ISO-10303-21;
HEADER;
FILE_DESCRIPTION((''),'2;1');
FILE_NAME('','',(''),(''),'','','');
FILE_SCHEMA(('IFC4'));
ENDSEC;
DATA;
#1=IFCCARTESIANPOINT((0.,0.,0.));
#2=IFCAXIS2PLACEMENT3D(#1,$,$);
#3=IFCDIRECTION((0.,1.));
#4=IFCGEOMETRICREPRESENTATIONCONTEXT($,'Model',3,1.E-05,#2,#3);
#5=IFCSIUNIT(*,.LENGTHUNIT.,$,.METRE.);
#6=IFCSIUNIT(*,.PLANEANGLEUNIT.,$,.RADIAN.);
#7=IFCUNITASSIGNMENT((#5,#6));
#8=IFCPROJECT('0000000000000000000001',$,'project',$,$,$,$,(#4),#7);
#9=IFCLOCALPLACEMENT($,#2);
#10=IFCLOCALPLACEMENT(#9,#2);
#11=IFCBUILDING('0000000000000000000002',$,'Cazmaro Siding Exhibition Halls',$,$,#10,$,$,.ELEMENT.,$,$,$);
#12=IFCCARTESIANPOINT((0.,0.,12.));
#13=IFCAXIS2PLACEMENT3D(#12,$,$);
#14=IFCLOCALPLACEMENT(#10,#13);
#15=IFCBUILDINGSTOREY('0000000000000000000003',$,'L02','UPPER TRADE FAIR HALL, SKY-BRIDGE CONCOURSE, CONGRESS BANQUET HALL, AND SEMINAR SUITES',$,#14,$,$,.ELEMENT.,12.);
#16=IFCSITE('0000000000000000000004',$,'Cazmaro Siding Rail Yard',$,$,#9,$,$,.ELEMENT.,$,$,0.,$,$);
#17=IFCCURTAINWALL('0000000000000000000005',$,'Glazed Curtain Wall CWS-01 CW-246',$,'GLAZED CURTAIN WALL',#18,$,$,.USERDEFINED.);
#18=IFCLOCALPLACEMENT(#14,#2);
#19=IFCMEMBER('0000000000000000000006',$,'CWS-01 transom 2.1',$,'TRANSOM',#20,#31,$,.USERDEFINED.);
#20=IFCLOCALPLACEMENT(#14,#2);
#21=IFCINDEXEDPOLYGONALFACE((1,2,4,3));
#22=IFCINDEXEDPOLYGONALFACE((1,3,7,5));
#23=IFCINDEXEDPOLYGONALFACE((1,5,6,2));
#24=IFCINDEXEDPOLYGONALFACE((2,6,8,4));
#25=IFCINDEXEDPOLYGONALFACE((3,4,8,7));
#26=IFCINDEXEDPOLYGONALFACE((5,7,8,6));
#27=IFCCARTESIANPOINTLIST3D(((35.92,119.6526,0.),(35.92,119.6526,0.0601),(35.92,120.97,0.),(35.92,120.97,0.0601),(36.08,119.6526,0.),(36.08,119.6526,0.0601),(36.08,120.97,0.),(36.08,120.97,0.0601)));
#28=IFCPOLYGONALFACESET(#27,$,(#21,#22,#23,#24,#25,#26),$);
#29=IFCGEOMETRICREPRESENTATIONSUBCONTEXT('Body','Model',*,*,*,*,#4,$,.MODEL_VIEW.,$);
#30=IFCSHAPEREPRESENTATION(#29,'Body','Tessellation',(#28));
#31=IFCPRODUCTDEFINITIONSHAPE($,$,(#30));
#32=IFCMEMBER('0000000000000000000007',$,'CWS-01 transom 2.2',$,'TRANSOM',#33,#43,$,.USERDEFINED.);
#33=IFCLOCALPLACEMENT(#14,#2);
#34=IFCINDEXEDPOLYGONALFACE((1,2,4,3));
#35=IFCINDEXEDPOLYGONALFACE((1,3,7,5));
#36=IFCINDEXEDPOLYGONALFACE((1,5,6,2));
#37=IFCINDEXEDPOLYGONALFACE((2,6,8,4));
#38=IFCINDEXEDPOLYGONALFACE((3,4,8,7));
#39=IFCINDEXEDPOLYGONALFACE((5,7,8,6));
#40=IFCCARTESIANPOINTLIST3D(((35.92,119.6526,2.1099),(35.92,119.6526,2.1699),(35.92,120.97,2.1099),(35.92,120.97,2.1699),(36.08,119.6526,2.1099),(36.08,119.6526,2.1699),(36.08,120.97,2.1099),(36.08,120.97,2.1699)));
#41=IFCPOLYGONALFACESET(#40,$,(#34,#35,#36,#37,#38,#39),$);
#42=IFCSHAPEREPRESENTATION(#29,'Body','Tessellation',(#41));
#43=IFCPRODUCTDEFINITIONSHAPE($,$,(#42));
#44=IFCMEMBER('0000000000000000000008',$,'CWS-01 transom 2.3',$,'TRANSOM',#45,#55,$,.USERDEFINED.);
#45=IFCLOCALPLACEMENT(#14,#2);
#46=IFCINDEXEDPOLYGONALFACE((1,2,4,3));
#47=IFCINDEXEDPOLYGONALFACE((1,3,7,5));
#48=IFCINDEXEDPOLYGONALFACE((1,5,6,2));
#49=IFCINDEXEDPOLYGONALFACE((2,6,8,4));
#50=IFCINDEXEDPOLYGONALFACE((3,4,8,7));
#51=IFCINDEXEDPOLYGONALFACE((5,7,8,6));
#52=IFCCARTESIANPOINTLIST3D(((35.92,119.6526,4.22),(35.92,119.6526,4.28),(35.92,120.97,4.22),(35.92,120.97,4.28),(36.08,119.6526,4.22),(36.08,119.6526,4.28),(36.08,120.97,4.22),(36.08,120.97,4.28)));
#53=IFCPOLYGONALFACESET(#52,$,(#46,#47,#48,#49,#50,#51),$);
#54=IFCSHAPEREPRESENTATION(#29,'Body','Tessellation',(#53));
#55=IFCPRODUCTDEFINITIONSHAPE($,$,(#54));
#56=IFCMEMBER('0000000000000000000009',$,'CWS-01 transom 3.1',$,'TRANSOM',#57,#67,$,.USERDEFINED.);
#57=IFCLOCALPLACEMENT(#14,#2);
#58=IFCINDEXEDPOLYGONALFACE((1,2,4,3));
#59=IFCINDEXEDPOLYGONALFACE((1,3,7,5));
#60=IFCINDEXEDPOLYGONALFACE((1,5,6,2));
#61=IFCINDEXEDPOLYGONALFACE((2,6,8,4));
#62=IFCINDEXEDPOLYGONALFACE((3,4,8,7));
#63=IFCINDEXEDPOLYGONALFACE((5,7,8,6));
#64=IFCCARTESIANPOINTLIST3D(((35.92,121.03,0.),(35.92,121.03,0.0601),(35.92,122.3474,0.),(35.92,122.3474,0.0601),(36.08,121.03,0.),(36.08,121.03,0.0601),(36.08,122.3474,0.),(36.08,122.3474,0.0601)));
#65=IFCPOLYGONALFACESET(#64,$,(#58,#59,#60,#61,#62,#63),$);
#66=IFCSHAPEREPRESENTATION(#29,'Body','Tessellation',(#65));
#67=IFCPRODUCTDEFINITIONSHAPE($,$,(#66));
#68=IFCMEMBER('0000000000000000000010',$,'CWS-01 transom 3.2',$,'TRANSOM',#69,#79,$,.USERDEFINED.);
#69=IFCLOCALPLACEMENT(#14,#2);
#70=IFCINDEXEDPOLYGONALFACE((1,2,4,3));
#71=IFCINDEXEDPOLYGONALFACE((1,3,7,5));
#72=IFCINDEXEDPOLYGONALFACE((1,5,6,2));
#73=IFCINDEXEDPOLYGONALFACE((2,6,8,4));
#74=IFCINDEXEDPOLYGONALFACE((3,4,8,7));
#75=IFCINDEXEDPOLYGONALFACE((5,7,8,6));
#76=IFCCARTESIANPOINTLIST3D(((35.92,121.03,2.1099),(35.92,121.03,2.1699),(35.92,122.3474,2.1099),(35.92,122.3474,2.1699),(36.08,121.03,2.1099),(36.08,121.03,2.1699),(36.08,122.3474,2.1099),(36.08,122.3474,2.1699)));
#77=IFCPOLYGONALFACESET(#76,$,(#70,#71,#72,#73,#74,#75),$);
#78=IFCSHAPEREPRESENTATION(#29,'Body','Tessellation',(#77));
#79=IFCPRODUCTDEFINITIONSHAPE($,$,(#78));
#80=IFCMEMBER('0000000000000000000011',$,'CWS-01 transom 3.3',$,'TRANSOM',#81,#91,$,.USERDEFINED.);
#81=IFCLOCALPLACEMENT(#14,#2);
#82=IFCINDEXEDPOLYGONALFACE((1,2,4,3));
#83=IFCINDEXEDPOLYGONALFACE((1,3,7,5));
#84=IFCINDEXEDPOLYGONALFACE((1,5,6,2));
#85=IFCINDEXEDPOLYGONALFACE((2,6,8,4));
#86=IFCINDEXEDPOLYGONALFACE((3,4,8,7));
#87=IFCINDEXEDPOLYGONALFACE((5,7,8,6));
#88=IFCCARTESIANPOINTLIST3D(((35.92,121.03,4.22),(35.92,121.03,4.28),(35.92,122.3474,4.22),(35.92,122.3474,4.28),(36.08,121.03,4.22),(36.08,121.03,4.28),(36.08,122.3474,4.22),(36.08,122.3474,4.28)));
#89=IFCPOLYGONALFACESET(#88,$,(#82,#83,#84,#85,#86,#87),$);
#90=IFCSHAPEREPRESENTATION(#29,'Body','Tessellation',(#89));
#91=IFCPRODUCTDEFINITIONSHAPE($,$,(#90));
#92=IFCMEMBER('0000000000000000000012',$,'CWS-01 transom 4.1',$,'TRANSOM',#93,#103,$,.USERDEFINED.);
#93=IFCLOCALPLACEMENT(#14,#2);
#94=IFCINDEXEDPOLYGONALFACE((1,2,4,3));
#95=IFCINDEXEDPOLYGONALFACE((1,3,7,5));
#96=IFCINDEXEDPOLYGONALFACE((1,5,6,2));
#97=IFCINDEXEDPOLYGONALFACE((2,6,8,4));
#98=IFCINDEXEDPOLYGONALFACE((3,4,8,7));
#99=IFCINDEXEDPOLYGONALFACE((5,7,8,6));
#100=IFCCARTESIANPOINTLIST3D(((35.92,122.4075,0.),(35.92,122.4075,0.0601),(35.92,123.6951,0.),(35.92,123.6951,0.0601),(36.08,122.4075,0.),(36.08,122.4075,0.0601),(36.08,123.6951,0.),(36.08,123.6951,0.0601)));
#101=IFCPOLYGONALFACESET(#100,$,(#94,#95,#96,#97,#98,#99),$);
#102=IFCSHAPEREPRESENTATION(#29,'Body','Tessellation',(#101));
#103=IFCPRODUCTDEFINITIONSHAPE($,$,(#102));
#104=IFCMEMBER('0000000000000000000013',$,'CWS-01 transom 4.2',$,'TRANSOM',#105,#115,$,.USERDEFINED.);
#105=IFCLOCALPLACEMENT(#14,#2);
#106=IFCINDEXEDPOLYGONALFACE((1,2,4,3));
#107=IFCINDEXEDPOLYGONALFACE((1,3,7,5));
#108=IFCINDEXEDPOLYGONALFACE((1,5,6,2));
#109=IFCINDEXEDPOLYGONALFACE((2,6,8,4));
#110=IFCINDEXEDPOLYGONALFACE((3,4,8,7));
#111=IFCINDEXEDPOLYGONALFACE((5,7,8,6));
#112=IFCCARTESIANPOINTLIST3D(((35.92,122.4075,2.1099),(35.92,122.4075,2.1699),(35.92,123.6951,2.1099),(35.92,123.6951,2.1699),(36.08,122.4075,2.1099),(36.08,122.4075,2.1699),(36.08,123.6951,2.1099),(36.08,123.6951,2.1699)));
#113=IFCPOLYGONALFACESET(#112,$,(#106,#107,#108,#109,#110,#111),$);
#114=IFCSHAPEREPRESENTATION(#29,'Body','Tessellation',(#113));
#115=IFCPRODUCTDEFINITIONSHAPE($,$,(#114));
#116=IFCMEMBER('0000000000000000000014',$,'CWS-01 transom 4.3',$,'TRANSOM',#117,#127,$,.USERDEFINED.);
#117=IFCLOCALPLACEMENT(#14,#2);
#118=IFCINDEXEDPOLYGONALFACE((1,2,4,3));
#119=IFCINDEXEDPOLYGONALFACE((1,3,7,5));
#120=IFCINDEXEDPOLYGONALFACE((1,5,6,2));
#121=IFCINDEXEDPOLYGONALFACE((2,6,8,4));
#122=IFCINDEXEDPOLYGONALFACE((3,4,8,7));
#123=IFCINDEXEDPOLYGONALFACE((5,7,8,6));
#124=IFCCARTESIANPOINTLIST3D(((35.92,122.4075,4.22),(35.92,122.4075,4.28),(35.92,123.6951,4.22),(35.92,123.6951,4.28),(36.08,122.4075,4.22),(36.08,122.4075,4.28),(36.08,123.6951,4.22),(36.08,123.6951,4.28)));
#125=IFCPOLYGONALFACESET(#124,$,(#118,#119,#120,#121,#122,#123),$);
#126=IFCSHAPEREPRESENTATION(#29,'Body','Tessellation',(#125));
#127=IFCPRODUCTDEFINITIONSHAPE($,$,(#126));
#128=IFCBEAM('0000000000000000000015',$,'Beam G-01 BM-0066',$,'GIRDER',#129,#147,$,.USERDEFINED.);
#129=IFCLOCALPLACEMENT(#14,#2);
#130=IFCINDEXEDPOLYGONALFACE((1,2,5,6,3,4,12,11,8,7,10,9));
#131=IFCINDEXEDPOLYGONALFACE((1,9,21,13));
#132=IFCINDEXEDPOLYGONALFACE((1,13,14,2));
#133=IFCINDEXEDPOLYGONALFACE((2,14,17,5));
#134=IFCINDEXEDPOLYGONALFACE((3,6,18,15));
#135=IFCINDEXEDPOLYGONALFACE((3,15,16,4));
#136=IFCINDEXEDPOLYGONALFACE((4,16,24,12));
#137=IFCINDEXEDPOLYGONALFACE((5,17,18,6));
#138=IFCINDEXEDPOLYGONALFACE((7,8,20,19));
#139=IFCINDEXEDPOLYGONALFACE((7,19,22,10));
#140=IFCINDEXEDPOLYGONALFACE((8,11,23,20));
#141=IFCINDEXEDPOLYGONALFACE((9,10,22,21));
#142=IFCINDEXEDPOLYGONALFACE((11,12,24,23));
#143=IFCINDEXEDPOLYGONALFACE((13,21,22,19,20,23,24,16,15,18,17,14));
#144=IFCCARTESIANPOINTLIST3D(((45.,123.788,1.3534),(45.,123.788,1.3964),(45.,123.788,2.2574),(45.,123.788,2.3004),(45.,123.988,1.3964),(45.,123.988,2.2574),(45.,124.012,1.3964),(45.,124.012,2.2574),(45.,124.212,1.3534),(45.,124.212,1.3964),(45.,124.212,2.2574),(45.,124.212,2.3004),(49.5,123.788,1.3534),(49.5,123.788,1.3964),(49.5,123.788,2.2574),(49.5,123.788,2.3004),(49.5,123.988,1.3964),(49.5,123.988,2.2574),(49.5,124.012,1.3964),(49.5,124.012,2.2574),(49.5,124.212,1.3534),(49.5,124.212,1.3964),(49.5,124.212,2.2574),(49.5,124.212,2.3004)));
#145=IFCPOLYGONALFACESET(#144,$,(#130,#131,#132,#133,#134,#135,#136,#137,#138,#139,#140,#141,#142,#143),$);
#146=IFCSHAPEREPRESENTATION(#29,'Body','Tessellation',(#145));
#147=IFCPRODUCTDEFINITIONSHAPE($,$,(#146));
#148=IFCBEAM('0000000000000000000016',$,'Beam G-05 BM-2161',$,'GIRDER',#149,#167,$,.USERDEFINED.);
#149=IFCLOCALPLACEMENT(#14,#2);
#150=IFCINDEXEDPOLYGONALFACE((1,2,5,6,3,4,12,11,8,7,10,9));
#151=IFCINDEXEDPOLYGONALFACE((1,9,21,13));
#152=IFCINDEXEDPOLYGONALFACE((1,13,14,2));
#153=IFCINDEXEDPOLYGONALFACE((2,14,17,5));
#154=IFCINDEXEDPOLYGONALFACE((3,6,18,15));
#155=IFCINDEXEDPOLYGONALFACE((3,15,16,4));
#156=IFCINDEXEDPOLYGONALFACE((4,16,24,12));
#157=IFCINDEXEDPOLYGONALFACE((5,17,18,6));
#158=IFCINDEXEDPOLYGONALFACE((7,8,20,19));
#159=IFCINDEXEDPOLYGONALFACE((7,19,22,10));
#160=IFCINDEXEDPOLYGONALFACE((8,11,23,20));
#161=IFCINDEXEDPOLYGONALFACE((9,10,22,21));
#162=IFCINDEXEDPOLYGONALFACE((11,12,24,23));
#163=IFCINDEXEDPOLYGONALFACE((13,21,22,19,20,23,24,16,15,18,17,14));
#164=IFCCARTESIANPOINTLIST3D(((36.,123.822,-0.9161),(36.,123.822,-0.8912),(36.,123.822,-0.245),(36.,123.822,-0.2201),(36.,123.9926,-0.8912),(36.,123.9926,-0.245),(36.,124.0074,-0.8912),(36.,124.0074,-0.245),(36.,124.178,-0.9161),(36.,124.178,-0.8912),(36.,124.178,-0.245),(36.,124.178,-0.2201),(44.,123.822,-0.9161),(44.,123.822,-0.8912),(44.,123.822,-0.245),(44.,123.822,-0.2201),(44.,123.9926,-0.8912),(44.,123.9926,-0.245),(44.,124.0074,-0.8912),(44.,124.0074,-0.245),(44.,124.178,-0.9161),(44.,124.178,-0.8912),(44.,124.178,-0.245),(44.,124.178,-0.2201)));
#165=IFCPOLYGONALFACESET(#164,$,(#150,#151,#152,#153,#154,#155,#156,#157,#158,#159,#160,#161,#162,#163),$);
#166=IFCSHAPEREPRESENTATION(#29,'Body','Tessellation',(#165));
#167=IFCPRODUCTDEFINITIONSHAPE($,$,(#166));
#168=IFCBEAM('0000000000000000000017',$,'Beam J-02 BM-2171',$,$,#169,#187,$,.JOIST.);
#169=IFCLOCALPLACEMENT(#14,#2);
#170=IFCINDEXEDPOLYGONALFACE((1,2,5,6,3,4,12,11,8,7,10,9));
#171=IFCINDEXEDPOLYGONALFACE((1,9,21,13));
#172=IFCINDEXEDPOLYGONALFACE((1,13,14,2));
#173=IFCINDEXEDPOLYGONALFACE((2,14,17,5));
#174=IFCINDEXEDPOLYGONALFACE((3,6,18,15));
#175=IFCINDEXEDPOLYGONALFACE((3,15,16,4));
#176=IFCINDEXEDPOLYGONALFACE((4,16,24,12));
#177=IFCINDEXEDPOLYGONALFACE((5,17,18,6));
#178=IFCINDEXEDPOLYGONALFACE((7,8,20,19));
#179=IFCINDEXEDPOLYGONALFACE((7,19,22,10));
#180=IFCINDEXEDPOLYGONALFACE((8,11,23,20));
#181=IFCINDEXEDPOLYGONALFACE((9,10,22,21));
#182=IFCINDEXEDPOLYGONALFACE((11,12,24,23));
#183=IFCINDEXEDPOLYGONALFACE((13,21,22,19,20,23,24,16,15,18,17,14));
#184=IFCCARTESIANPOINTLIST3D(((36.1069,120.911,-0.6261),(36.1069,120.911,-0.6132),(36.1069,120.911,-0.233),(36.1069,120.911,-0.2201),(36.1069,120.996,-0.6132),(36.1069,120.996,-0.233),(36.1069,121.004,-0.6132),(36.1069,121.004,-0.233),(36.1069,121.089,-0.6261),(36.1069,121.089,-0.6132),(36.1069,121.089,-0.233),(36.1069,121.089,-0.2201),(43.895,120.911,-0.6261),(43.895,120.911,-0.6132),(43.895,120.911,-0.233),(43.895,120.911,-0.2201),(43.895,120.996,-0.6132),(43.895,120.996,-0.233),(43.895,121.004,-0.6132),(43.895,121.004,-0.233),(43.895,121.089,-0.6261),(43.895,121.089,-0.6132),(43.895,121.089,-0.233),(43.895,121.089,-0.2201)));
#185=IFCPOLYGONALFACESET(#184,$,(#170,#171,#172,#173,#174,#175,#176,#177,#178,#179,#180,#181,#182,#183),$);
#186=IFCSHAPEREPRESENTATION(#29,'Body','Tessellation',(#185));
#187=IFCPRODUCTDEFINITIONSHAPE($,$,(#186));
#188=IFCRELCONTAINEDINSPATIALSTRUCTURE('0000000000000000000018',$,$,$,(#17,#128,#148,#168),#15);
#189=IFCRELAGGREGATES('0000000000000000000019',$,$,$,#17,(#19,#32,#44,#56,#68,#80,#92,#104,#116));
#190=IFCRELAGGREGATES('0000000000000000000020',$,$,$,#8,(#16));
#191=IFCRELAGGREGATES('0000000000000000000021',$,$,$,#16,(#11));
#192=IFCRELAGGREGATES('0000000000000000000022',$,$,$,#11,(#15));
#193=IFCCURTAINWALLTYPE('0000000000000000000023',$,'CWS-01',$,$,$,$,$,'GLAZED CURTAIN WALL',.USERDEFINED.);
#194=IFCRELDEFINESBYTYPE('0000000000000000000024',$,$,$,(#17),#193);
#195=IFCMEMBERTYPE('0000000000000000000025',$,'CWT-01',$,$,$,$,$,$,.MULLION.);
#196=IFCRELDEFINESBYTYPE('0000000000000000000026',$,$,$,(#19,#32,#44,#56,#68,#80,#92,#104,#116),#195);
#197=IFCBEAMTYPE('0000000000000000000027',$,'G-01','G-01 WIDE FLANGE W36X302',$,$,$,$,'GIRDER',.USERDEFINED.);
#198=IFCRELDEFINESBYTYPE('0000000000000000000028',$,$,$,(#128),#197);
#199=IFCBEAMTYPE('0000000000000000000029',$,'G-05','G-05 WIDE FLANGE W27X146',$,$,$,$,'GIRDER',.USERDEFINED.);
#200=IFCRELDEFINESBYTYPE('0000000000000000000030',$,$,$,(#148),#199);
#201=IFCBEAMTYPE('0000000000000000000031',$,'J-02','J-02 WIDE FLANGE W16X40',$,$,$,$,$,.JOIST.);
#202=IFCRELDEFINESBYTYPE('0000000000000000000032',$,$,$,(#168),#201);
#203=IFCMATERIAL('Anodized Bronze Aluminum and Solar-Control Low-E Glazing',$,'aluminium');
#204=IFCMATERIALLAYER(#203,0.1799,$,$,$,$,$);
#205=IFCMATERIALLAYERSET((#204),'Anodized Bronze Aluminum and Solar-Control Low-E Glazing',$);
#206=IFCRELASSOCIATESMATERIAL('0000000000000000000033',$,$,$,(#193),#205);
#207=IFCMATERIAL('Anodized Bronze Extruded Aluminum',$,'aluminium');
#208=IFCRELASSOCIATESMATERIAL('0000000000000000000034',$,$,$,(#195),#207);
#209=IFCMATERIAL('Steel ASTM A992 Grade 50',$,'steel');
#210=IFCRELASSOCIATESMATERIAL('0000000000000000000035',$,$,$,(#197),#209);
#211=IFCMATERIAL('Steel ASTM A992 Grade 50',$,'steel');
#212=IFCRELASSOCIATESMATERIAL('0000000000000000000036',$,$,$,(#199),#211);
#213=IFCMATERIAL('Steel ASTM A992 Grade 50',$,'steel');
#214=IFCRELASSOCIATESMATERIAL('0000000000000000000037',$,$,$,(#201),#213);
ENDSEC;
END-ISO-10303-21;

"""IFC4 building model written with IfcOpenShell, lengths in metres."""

from ifc_helpers import new_model, si_unit, direction, frame, origin, origin_2d, place, context, subcontext, project, spatial, rectangle, i_section, extrude, material, layer, layer_set, material_profile, profile_set, type_object, element, aggregate, save


model = new_model("IFC4")

# Units and contexts
model_context = context("Model", 3, precision=1e-05, world=origin(), true_north=direction((0.0, 1.0)))
body_context = subcontext(model_context, "Body", "Model", "MODEL_VIEW")
ifc_project = project(units=[si_unit("LENGTHUNIT", "METRE"), si_unit("PLANEANGLEUNIT", "RADIAN")], contexts=[model_context])

# Site, building, storey
site_placement = place(None, origin())
site = spatial("IfcSite", under=ifc_project, at=site_placement, Name="Cazmaro Siding Rail Yard", CompositionType="ELEMENT", RefElevation=0.0)
building_placement = place(site_placement, origin())
building = spatial("IfcBuilding", under=site, at=building_placement, Name="Cazmaro Siding Exhibition Halls", CompositionType="ELEMENT")
storey_placement = place(building_placement, frame((0.0, 0.0, 12.0)))
storey = spatial("IfcBuildingStorey", under=building, at=storey_placement, Name="L02", Description="UPPER TRADE FAIR HALL, SKY-BRIDGE CONCOURSE, CONGRESS BANQUET HALL, AND SEMINAR SUITES", CompositionType="ELEMENT", Elevation=12.0)

# Curtain wall, members
ifc_material_1 = material(Name="Anodized Bronze Aluminum and Solar-Control Low-E Glazing", Category="aluminium")
ifc_layer_1 = layer(ifc_material_1, 0.1799)
ifc_layer_set_1 = layer_set([ifc_layer_1], Name="Anodized Bronze Aluminum and Solar-Control Low-E Glazing")
curtain_wall_type = type_object("IfcCurtainWallType", Name="CWS-01", ElementType="GLAZED CURTAIN WALL", PredefinedType="USERDEFINED", material=ifc_layer_set_1)
curtain_wall_placement = place(storey_placement, origin())
curtain_wall = element("IfcCurtainWall", 1, at=curtain_wall_placement, inside=storey, type_object=curtain_wall_type, Name="Glazed Curtain Wall CWS-01 CW-246", ObjectType="GLAZED CURTAIN WALL", PredefinedType="USERDEFINED")
ifc_material_2 = material(Name="Anodized Bronze Extruded Aluminum", Category="aluminium")
ifc_material_profile_1 = material_profile(ifc_material_2, rectangle(XDim=0.1599, YDim=0.0601, at=origin_2d()), Name="CWT-01")
ifc_profile_set_1 = profile_set([ifc_material_profile_1], Name="Anodized Bronze Extruded Aluminum")
member_type_1 = type_object("IfcMemberType", Name="CWT-01", PredefinedType="MULLION", material=ifc_profile_set_1)
member_1_placement = place(storey_placement, frame((36.0, 119.6526, 0.03), z_axis=(0.0, 1.0, 0.0), x_axis=(-1.0, 0.0, 0.0)))
member_1 = element("IfcMember", 2, at=member_1_placement, type_object=member_type_1, Name="CWS-01 transom 2.1", ObjectType="TRANSOM", PredefinedType="USERDEFINED", context=body_context, shape_type="SweptSolid", body=[
    extrude(rectangle(XDim=0.1599, YDim=0.0601, at=origin_2d()), origin(), (0.0, 0.0, 1.0), 1.3174),
])
member_2_placement = place(storey_placement, frame((36.0, 119.6526, 2.1399), z_axis=(0.0, 1.0, 0.0), x_axis=(-1.0, 0.0, 0.0)))
member_2 = element("IfcMember", 3, at=member_2_placement, type_object=member_type_1, Name="CWS-01 transom 2.2", ObjectType="TRANSOM", PredefinedType="USERDEFINED", context=body_context, shape_type="SweptSolid", body=[
    extrude(rectangle(XDim=0.1599, YDim=0.0601, at=origin_2d()), origin(), (0.0, 0.0, 1.0), 1.3174),
])
member_3_placement = place(storey_placement, frame((36.0, 119.6526, 4.25), z_axis=(0.0, 1.0, 0.0), x_axis=(-1.0, 0.0, 0.0)))
member_3 = element("IfcMember", 4, at=member_3_placement, type_object=member_type_1, Name="CWS-01 transom 2.3", ObjectType="TRANSOM", PredefinedType="USERDEFINED", context=body_context, shape_type="SweptSolid", body=[
    extrude(rectangle(XDim=0.1599, YDim=0.0601, at=origin_2d()), origin(), (0.0, 0.0, 1.0), 1.3174),
])
member_4_placement = place(storey_placement, frame((36.0, 121.03, 0.03), z_axis=(0.0, 1.0, 0.0), x_axis=(-1.0, 0.0, 0.0)))
member_4 = element("IfcMember", 5, at=member_4_placement, type_object=member_type_1, Name="CWS-01 transom 3.1", ObjectType="TRANSOM", PredefinedType="USERDEFINED", context=body_context, shape_type="SweptSolid", body=[
    extrude(rectangle(XDim=0.1599, YDim=0.0601, at=origin_2d()), origin(), (0.0, 0.0, 1.0), 1.3174),
])
member_5_placement = place(storey_placement, frame((36.0, 121.03, 2.1399), z_axis=(0.0, 1.0, 0.0), x_axis=(-1.0, 0.0, 0.0)))
member_5 = element("IfcMember", 6, at=member_5_placement, type_object=member_type_1, Name="CWS-01 transom 3.2", ObjectType="TRANSOM", PredefinedType="USERDEFINED", context=body_context, shape_type="SweptSolid", body=[
    extrude(rectangle(XDim=0.1599, YDim=0.0601, at=origin_2d()), origin(), (0.0, 0.0, 1.0), 1.3174),
])
member_6_placement = place(storey_placement, frame((36.0, 121.03, 4.25), z_axis=(0.0, 1.0, 0.0), x_axis=(-1.0, 0.0, 0.0)))
member_6 = element("IfcMember", 7, at=member_6_placement, type_object=member_type_1, Name="CWS-01 transom 3.3", ObjectType="TRANSOM", PredefinedType="USERDEFINED", context=body_context, shape_type="SweptSolid", body=[
    extrude(rectangle(XDim=0.1599, YDim=0.0601, at=origin_2d()), origin(), (0.0, 0.0, 1.0), 1.3174),
])
member_7_placement = place(storey_placement, frame((36.0, 122.4075, 0.03), z_axis=(0.0, 1.0, 0.0), x_axis=(-1.0, 0.0, 0.0)))
member_7 = element("IfcMember", 8, at=member_7_placement, type_object=member_type_1, Name="CWS-01 transom 4.1", ObjectType="TRANSOM", PredefinedType="USERDEFINED", context=body_context, shape_type="SweptSolid", body=[
    extrude(rectangle(XDim=0.1599, YDim=0.0601, at=origin_2d()), origin(), (0.0, 0.0, 1.0), 1.2876),
])
member_8_placement = place(storey_placement, frame((36.0, 122.4075, 2.1399), z_axis=(0.0, 1.0, 0.0), x_axis=(-1.0, 0.0, 0.0)))
member_8 = element("IfcMember", 9, at=member_8_placement, type_object=member_type_1, Name="CWS-01 transom 4.2", ObjectType="TRANSOM", PredefinedType="USERDEFINED", context=body_context, shape_type="SweptSolid", body=[
    extrude(rectangle(XDim=0.1599, YDim=0.0601, at=origin_2d()), origin(), (0.0, 0.0, 1.0), 1.2876),
])
member_9_placement = place(storey_placement, frame((36.0, 122.4075, 4.25), z_axis=(0.0, 1.0, 0.0), x_axis=(-1.0, 0.0, 0.0)))
member_9 = element("IfcMember", 10, at=member_9_placement, type_object=member_type_1, Name="CWS-01 transom 4.3", ObjectType="TRANSOM", PredefinedType="USERDEFINED", context=body_context, shape_type="SweptSolid", body=[
    extrude(rectangle(XDim=0.1599, YDim=0.0601, at=origin_2d()), origin(), (0.0, 0.0, 1.0), 1.2876),
])

# Beams
ifc_material_3 = material(Name="Steel ASTM A992 Grade 50", Category="steel")
ifc_material_profile_2 = material_profile(ifc_material_3, i_section(OverallWidth=0.4241, OverallDepth=0.947, WebThickness=0.0239, FlangeThickness=0.043, at=origin_2d()), Name="W36X302")
ifc_profile_set_2 = profile_set([ifc_material_profile_2], Name="Steel ASTM A992 Grade 50")
beam_type_1 = type_object("IfcBeamType", Name="G-01", Description="G-01 WIDE FLANGE W36X302", ElementType="GIRDER", PredefinedType="USERDEFINED", material=ifc_profile_set_2)
beam_1_placement = place(storey_placement, frame((45.0, 124.0, 1.8269), z_axis=(1.0, 0.0, 0.0), x_axis=(0.0, 1.0, 0.0)))
element("IfcBeam", 11, at=beam_1_placement, inside=storey, type_object=beam_type_1, Name="Beam G-01 BM-0066", ObjectType="GIRDER", PredefinedType="USERDEFINED", context=body_context, shape_type="SweptSolid", body=[
    extrude(i_section(OverallWidth=0.4241, OverallDepth=0.947, WebThickness=0.0239, FlangeThickness=0.043, at=origin_2d()), origin(), (0.0, 0.0, 1.0), 4.5),
])
ifc_material_4 = material(Name="Steel ASTM A992 Grade 50", Category="steel")
ifc_material_profile_3 = material_profile(ifc_material_4, i_section(OverallWidth=0.356, OverallDepth=0.696, WebThickness=0.0149, FlangeThickness=0.0249, at=origin_2d()), Name="W27X146")
ifc_profile_set_3 = profile_set([ifc_material_profile_3], Name="Steel ASTM A992 Grade 50")
beam_type_2 = type_object("IfcBeamType", Name="G-05", Description="G-05 WIDE FLANGE W27X146", ElementType="GIRDER", PredefinedType="USERDEFINED", material=ifc_profile_set_3)
beam_2_placement = place(storey_placement, frame((36.0, 124.0, -0.5681), z_axis=(1.0, 0.0, 0.0), x_axis=(0.0, 1.0, 0.0)))
element("IfcBeam", 12, at=beam_2_placement, inside=storey, type_object=beam_type_2, Name="Beam G-05 BM-2161", ObjectType="GIRDER", PredefinedType="USERDEFINED", context=body_context, shape_type="SweptSolid", body=[
    extrude(i_section(OverallWidth=0.356, OverallDepth=0.696, WebThickness=0.0149, FlangeThickness=0.0249, at=origin_2d()), origin(), (0.0, 0.0, 1.0), 8.0),
])
ifc_material_5 = material(Name="Steel ASTM A992 Grade 50", Category="steel")
ifc_material_profile_4 = material_profile(ifc_material_5, i_section(OverallWidth=0.178, OverallDepth=0.406, WebThickness=0.0081, FlangeThickness=0.0129, at=origin_2d()), Name="W16X40")
ifc_profile_set_4 = profile_set([ifc_material_profile_4], Name="Steel ASTM A992 Grade 50")
beam_type_3 = type_object("IfcBeamType", Name="J-02", Description="J-02 WIDE FLANGE W16X40", PredefinedType="JOIST", material=ifc_profile_set_4)
beam_3_placement = place(storey_placement, frame((36.1069, 121.0, -0.4231), z_axis=(1.0, 0.0, 0.0), x_axis=(0.0, 1.0, 0.0)))
element("IfcBeam", 13, at=beam_3_placement, inside=storey, type_object=beam_type_3, Name="Beam J-02 BM-2171", PredefinedType="JOIST", context=body_context, shape_type="SweptSolid", body=[
    extrude(i_section(OverallWidth=0.178, OverallDepth=0.406, WebThickness=0.0081, FlangeThickness=0.0129, at=origin_2d()), origin(), (0.0, 0.0, 1.0), 7.7881),
])

aggregate(curtain_wall, [member_1, member_2, member_3, member_4, member_5, member_6, member_7, member_8, member_9])

save(model, "model.ifc")
